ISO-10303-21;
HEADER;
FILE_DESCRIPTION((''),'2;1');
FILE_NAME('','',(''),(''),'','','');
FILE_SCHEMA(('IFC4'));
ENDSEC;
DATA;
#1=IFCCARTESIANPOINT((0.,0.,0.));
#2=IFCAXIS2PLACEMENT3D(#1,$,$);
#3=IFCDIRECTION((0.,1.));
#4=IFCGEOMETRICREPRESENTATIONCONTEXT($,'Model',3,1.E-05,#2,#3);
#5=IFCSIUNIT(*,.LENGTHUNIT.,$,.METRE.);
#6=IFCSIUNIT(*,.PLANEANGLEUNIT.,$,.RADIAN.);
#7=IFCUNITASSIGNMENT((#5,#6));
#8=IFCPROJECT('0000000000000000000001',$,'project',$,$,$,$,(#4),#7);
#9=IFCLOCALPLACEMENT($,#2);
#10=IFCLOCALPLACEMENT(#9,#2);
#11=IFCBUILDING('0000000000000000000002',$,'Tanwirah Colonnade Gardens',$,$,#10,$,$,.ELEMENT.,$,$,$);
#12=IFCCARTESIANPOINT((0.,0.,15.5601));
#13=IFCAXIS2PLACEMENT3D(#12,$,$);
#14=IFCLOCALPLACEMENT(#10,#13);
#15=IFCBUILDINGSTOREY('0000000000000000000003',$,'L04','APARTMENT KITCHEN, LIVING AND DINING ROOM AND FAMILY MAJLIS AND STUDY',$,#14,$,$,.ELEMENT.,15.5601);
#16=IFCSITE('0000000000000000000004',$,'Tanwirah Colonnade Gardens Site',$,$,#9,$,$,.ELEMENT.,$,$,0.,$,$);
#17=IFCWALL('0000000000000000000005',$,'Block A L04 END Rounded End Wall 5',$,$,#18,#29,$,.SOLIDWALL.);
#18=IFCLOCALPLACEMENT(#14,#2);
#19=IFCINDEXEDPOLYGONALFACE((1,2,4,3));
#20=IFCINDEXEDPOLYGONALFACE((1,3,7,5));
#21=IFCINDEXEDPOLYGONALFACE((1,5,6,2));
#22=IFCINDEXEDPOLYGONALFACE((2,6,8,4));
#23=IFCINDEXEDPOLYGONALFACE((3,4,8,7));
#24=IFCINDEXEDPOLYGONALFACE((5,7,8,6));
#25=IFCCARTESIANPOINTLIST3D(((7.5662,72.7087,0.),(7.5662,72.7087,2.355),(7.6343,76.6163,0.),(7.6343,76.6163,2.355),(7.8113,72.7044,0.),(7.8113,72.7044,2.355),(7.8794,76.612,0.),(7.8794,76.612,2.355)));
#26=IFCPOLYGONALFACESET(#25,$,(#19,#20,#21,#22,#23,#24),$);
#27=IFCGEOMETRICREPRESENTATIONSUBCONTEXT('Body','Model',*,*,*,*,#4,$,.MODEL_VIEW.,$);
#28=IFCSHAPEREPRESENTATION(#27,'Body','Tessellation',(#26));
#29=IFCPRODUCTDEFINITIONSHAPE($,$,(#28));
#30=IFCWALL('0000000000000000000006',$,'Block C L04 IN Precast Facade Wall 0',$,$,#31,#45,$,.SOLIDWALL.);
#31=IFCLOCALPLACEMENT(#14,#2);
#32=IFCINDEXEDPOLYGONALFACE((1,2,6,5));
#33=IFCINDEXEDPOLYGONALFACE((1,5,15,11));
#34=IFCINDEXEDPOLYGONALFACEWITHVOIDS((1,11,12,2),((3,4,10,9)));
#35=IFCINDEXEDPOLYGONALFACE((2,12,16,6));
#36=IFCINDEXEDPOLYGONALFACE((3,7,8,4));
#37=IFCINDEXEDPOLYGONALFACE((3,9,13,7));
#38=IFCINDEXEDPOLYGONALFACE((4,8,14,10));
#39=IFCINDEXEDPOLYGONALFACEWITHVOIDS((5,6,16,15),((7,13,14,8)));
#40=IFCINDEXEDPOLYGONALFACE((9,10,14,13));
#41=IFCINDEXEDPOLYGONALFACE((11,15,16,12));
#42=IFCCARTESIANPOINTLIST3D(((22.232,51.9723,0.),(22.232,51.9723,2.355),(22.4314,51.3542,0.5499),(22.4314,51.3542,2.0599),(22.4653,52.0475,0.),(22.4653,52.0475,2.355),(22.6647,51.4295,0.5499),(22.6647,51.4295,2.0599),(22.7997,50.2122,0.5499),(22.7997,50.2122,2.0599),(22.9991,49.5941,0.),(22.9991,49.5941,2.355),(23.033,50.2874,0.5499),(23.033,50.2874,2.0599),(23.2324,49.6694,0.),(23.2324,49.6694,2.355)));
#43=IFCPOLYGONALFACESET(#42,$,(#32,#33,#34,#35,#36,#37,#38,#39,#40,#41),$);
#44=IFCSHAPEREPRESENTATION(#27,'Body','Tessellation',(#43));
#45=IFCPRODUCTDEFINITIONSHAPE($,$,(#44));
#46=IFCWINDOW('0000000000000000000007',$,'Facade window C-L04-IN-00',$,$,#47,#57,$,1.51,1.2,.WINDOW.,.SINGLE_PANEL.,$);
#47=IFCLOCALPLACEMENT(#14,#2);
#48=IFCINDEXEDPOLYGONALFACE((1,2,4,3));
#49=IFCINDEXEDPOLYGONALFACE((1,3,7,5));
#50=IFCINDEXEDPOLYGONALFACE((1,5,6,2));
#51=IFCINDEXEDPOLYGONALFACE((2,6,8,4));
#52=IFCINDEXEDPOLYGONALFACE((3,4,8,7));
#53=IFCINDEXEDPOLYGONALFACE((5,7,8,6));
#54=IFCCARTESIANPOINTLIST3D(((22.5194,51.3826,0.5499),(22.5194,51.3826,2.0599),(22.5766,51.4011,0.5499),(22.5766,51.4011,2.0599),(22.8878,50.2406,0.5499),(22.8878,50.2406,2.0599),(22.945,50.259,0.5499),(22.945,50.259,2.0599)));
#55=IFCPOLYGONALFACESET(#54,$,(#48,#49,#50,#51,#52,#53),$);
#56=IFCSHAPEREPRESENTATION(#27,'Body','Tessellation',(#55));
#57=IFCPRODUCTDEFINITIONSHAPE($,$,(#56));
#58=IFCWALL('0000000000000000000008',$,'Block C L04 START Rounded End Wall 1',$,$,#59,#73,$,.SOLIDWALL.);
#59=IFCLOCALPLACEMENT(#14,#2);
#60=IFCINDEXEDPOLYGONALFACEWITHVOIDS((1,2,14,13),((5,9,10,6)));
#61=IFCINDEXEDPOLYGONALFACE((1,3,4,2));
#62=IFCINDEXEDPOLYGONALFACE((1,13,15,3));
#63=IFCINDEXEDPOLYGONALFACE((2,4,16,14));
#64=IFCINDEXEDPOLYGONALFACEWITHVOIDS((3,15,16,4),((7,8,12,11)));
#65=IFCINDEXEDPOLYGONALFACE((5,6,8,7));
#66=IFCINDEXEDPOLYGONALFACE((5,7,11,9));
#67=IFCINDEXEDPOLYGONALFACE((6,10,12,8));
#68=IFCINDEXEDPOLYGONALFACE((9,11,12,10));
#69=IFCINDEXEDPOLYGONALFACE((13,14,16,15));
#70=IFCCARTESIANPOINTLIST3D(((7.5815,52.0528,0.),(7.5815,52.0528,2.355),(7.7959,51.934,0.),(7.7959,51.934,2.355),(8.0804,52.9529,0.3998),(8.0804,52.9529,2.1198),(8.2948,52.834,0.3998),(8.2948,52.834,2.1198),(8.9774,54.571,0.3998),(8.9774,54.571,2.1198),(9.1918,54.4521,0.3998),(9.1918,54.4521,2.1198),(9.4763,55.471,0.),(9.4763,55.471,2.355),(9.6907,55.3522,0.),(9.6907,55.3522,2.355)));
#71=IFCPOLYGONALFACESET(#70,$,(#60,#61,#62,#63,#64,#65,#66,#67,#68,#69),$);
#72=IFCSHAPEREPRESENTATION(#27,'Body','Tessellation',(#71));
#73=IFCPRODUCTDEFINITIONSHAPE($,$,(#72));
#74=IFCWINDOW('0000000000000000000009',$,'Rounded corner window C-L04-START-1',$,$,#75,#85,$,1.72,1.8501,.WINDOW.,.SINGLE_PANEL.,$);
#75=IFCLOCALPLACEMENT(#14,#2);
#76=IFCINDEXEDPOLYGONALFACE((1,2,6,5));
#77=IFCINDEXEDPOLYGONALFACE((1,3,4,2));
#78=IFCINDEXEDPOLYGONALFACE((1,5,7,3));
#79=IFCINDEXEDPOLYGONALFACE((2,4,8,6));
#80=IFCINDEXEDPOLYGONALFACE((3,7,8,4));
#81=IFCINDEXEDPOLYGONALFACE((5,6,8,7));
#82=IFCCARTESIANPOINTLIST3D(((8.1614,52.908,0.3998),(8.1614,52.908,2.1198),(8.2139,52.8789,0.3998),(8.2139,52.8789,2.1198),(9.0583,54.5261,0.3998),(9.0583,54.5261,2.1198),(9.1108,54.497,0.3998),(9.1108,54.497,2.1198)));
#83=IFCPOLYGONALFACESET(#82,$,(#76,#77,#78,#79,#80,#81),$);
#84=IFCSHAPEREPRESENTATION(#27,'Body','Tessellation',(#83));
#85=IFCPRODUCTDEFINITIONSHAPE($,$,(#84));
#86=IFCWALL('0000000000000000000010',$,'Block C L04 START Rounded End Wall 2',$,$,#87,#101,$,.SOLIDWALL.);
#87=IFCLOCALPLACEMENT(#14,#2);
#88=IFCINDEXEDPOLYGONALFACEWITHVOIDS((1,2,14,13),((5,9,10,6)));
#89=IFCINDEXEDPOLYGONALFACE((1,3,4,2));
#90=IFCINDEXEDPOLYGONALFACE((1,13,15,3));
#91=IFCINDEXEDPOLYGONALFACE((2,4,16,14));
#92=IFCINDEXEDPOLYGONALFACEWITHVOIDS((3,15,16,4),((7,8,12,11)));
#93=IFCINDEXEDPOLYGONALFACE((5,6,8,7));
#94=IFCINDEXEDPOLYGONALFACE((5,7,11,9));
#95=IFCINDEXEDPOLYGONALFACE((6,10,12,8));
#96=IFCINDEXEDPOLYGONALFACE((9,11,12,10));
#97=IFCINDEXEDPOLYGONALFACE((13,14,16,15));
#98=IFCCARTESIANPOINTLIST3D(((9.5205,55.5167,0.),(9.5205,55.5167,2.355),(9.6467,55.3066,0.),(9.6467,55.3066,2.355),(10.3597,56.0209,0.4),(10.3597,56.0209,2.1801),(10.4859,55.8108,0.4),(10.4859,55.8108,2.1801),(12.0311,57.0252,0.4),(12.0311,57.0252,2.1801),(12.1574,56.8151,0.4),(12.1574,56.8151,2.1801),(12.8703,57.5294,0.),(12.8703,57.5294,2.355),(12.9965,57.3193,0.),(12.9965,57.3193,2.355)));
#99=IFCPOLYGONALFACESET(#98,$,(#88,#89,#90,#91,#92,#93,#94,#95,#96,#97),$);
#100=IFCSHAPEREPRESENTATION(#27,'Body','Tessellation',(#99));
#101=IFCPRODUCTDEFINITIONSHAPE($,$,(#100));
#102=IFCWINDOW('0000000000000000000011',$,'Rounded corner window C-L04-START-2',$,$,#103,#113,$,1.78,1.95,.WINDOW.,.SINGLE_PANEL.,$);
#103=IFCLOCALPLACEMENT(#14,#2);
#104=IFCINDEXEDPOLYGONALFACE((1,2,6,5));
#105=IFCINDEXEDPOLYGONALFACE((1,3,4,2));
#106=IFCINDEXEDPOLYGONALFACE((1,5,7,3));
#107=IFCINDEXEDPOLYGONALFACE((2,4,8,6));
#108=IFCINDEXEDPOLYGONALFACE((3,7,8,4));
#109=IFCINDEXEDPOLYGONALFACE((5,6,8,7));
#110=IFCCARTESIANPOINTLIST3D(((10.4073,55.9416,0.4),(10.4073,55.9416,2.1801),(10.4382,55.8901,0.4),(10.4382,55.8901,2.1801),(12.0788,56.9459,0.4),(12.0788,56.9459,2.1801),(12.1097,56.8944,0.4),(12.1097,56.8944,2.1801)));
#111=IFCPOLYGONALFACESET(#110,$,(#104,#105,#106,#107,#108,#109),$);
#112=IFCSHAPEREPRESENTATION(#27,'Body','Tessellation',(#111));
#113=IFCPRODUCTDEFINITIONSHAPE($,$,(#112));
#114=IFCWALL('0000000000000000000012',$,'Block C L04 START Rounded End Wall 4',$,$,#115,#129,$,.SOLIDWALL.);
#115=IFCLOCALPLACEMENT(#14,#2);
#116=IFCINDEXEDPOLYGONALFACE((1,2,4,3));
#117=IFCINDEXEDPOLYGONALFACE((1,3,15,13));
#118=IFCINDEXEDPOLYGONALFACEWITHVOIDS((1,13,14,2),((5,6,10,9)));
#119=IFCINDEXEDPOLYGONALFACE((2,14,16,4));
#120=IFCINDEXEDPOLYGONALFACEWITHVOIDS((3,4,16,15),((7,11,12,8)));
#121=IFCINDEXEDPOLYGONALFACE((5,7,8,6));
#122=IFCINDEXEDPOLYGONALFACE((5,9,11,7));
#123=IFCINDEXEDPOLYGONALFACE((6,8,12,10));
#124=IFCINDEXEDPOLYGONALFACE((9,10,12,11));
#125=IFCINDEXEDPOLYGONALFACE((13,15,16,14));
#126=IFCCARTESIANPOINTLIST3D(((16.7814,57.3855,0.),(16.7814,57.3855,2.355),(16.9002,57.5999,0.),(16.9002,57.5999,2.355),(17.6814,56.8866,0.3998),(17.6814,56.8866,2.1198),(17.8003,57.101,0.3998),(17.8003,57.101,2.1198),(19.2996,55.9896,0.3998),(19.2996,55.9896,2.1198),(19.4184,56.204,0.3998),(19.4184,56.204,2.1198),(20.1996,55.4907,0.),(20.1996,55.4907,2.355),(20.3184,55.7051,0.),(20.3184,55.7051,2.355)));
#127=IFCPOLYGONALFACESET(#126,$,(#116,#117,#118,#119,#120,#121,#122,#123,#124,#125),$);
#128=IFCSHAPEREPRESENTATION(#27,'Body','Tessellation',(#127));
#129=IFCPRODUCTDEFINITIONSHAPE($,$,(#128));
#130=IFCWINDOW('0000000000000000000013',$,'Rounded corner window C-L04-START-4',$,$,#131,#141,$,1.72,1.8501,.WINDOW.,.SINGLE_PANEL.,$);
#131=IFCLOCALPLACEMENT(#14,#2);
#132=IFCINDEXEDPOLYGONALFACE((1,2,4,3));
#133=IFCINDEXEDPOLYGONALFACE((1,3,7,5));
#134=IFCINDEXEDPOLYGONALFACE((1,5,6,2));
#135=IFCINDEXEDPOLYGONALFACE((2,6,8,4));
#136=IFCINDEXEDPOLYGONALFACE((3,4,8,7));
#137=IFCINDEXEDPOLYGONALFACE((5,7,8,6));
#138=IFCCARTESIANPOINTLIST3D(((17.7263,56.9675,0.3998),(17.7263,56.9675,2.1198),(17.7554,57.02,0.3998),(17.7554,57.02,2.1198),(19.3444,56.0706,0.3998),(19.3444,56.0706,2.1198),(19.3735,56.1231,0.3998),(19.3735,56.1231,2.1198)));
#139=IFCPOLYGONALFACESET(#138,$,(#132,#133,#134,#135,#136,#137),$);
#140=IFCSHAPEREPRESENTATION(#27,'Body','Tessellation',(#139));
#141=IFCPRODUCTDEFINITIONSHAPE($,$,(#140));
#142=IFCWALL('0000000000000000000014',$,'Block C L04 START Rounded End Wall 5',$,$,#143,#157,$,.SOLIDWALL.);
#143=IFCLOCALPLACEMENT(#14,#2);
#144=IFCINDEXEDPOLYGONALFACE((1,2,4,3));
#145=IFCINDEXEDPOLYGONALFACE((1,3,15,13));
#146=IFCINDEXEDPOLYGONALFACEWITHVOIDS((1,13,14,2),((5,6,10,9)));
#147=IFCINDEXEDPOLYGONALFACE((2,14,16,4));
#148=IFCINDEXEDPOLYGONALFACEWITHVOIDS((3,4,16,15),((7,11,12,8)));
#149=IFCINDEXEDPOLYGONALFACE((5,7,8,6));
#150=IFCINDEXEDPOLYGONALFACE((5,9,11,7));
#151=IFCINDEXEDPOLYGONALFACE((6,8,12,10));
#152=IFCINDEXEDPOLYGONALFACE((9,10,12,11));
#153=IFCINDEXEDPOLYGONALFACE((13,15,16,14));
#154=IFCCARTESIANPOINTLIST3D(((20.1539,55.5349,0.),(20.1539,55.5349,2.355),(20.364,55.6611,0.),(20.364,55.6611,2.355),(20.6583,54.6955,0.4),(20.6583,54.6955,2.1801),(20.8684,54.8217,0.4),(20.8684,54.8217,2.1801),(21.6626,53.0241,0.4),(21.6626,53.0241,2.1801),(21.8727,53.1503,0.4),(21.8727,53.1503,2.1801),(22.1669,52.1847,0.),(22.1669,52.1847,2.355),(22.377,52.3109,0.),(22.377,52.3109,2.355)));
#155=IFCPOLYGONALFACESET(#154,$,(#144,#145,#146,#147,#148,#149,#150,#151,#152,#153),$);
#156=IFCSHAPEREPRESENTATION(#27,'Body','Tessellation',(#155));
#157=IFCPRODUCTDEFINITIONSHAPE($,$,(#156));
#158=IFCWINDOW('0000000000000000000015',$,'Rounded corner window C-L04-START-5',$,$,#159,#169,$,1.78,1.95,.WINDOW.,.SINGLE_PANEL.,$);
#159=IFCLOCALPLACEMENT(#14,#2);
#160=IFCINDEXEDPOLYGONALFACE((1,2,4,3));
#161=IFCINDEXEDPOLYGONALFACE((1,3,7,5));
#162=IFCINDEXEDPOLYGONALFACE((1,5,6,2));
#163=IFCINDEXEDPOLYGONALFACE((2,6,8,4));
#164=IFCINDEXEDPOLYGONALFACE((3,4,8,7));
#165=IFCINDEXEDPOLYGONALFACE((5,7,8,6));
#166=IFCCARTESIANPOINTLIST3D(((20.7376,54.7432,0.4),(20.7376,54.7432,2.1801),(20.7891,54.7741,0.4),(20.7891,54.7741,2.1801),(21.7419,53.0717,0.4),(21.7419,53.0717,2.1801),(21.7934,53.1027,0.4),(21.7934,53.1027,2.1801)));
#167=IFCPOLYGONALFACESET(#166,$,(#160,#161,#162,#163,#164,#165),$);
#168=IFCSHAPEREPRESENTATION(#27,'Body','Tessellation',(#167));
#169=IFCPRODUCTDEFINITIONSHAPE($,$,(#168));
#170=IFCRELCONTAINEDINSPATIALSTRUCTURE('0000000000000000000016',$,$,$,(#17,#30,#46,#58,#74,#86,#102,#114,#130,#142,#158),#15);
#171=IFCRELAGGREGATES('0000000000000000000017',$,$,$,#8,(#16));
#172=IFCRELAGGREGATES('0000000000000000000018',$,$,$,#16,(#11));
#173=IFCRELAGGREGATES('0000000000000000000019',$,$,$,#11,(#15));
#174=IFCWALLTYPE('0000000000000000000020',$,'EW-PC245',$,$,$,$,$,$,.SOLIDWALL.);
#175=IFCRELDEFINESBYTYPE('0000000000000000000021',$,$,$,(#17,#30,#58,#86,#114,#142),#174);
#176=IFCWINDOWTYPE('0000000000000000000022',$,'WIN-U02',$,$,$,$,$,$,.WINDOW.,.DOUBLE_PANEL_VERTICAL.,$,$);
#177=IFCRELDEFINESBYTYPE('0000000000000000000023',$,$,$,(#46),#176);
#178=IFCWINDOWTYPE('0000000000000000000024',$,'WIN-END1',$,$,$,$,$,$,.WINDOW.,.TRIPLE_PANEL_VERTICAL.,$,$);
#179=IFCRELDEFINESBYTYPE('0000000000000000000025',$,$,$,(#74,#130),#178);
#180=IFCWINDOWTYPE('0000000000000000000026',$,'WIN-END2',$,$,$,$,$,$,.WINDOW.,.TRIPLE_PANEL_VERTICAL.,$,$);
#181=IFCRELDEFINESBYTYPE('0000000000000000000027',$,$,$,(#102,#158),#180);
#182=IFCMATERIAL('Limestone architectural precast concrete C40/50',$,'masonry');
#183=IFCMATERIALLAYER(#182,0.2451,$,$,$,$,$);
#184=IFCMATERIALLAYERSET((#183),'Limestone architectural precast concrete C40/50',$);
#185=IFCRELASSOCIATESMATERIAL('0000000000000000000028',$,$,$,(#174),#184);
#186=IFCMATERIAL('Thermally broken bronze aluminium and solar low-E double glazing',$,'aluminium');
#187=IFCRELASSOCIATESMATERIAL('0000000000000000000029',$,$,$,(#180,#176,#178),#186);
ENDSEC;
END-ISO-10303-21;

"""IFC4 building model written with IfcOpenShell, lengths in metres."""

from ifc_helpers import new_model, si_unit, direction, frame, frame_2d, origin, place, context, subcontext, project, spatial, rectangle, extrude, material, layer, layer_set, type_object, element, fill, save


model = new_model("IFC4")

# Units and contexts
model_context = context("Model", 3, precision=1e-05, world=origin(), true_north=direction((0.0, 1.0)))
body_context = subcontext(model_context, "Body", "Model", "MODEL_VIEW")
ifc_project = project(units=[si_unit("LENGTHUNIT", "METRE"), si_unit("PLANEANGLEUNIT", "RADIAN")], contexts=[model_context])

# Site, building, storey
site_placement = place(None, origin())
site = spatial("IfcSite", under=ifc_project, at=site_placement, Name="Tanwirah Colonnade Gardens Site", CompositionType="ELEMENT", RefElevation=0.0)
building_placement = place(site_placement, origin())
building = spatial("IfcBuilding", under=site, at=building_placement, Name="Tanwirah Colonnade Gardens", CompositionType="ELEMENT")
storey_placement = place(building_placement, frame((0.0, 0.0, 15.5601)))
storey = spatial("IfcBuildingStorey", under=building, at=storey_placement, Name="L04", Description="APARTMENT KITCHEN, LIVING AND DINING ROOM AND FAMILY MAJLIS AND STUDY", CompositionType="ELEMENT", Elevation=15.5601)

# Shared definitions
ifc_material_1 = material(Name="Limestone architectural precast concrete C40/50", Category="masonry")
ifc_layer = layer(ifc_material_1, 0.2451)
ifc_layer_set = layer_set([ifc_layer], Name="Limestone architectural precast concrete C40/50")
wall_type = type_object("IfcWallType", Name="EW-PC245", PredefinedType="SOLIDWALL", material=ifc_layer_set)
ifc_material_2 = material(Name="Thermally broken bronze aluminium and solar low-E double glazing", Category="aluminium")
window_type_1 = type_object("IfcWindowType", Name="WIN-END2", PartitioningType="TRIPLE_PANEL_VERTICAL", PredefinedType="WINDOW", material=ifc_material_2)

# Wall
wall_1_placement = place(storey_placement, frame((7.6887, 72.7065, 0.0), z_axis=(0.0, 0.0, 1.0), x_axis=(0.017428, 0.999848, 0.0)))
element("IfcWall", 1, at=wall_1_placement, inside=storey, type_object=wall_type, Name="Block A L04 END Rounded End Wall 5", PredefinedType="SOLIDWALL", context=body_context, shape_type="SweptSolid", body=[
    extrude(rectangle(XDim=3.9082, YDim=0.2451, at=frame_2d((1.9541, 0.0))), origin(), (0.0, 0.0, 1.0), 2.355),
])

# Walls, openings, windows
wall_2_placement = place(storey_placement, frame((22.3486, 52.01, 0.0), z_axis=(0.0, 0.0, 1.0), x_axis=(0.30698, -0.951716, 0.0)))
wall_2 = element("IfcWall", 2, at=wall_2_placement, inside=storey, type_object=wall_type, Name="Block C L04 IN Precast Facade Wall 0", PredefinedType="SOLIDWALL", context=body_context, shape_type="SweptSolid", body=[
    extrude(rectangle(XDim=2.4988, YDim=0.2451, at=frame_2d((1.2495, 0.0))), origin(), (0.0, 0.0, 1.0), 2.355),
])
opening_1_placement = place(wall_2_placement, frame((0.6494, 0.0, 0.55)))
opening_1 = element("IfcOpeningElement", 3, at=opening_1_placement, cuts=wall_2, PredefinedType="OPENING", context=body_context, shape_type="SweptSolid", body=[
    extrude(rectangle(XDim=1.2, YDim=1.51, at=frame_2d((0.6001, 0.7549))), frame((0.0, 0.1326, 0.0), z_axis=(0.0, -1.0, 0.0), x_axis=(1.0, 0.0, 0.0)), (0.0, 0.0, 1.0), 0.2651),
])
window_type_2 = type_object("IfcWindowType", Name="WIN-U02", PartitioningType="DOUBLE_PANEL_VERTICAL", PredefinedType="WINDOW", material=ifc_material_2)
window_1_placement = place(opening_1_placement, origin())
window_1 = element("IfcWindow", 4, at=window_1_placement, inside=storey, type_object=window_type_2, Name="Facade window C-L04-IN-00", OverallHeight=1.51, OverallWidth=1.2, PartitioningType="SINGLE_PANEL", PredefinedType="WINDOW", context=body_context, shape_type="SweptSolid", body=[
    extrude(rectangle(XDim=1.2, YDim=1.51, at=frame_2d((0.6001, 0.7549))), frame((0.0, 0.03, 0.0), z_axis=(0.0, -1.0, 0.0), x_axis=(1.0, 0.0, 0.0)), (0.0, 0.0, 1.0), 0.0601),
])
fill(opening_1, window_1)
wall_3_placement = place(storey_placement, frame((7.6887, 51.9934, 0.0), z_axis=(0.0, 0.0, 1.0), x_axis=(0.484815, 0.874617, 0.0)))
wall_3 = element("IfcWall", 5, at=wall_3_placement, inside=storey, type_object=wall_type, Name="Block C L04 START Rounded End Wall 1", PredefinedType="SOLIDWALL", context=body_context, shape_type="SweptSolid", body=[
    extrude(rectangle(XDim=3.9082, YDim=0.2451, at=frame_2d((1.9541, 0.0))), origin(), (0.0, 0.0, 1.0), 2.355),
])
opening_2_placement = place(wall_3_placement, frame((1.0291, 0.0, 0.3999)))
opening_2 = element("IfcOpeningElement", 6, at=opening_2_placement, cuts=wall_3, PredefinedType="OPENING", context=body_context, shape_type="SweptSolid", body=[
    extrude(rectangle(XDim=1.8501, YDim=1.72, at=frame_2d((0.925, 0.8599))), frame((0.0, 0.1326, 0.0), z_axis=(0.0, -1.0, 0.0), x_axis=(1.0, 0.0, 0.0)), (0.0, 0.0, 1.0), 0.2651),
])
window_type_3 = type_object("IfcWindowType", Name="WIN-END1", PartitioningType="TRIPLE_PANEL_VERTICAL", PredefinedType="WINDOW", material=ifc_material_2)
window_2_placement = place(opening_2_placement, origin())
window_2 = element("IfcWindow", 7, at=window_2_placement, inside=storey, type_object=window_type_3, Name="Rounded corner window C-L04-START-1", OverallHeight=1.72, OverallWidth=1.8501, PartitioningType="SINGLE_PANEL", PredefinedType="WINDOW", context=body_context, shape_type="SweptSolid", body=[
    extrude(rectangle(XDim=1.8501, YDim=1.72, at=frame_2d((0.925, 0.8599))), frame((0.0, 0.03, 0.0), z_axis=(0.0, -1.0, 0.0), x_axis=(1.0, 0.0, 0.0)), (0.0, 0.0, 1.0), 0.0601),
])
fill(opening_2, window_2)
wall_4_placement = place(storey_placement, frame((9.5835, 55.4116, 0.0), z_axis=(0.0, 0.0, 1.0), x_axis=(0.857179, 0.515019, 0.0)))
wall_4 = element("IfcWall", 8, at=wall_4_placement, inside=storey, type_object=wall_type, Name="Block C L04 START Rounded End Wall 2", PredefinedType="SOLIDWALL", context=body_context, shape_type="SweptSolid", body=[
    extrude(rectangle(XDim=3.908, YDim=0.2451, at=frame_2d((1.9541, 0.0))), origin(), (0.0, 0.0, 1.0), 2.355),
])
opening_3_placement = place(wall_4_placement, frame((0.979, 0.0, 0.3999)))
opening_3 = element("IfcOpeningElement", 9, at=opening_3_placement, cuts=wall_4, PredefinedType="OPENING", context=body_context, shape_type="SweptSolid", body=[
    extrude(rectangle(XDim=1.95, YDim=1.78, at=frame_2d((0.9751, 0.8901))), frame((0.0, 0.1326, 0.0), z_axis=(0.0, -1.0, 0.0), x_axis=(1.0, 0.0, 0.0)), (0.0, 0.0, 1.0), 0.2651),
])
window_3_placement = place(opening_3_placement, origin())
window_3 = element("IfcWindow", 10, at=window_3_placement, inside=storey, type_object=window_type_1, Name="Rounded corner window C-L04-START-2", OverallHeight=1.78, OverallWidth=1.95, PartitioningType="SINGLE_PANEL", PredefinedType="WINDOW", context=body_context, shape_type="SweptSolid", body=[
    extrude(rectangle(XDim=1.95, YDim=1.78, at=frame_2d((0.9751, 0.8901))), frame((0.0, 0.03, 0.0), z_axis=(0.0, -1.0, 0.0), x_axis=(1.0, 0.0, 0.0)), (0.0, 0.0, 1.0), 0.0601),
])
fill(opening_3, window_3)
wall_5_placement = place(storey_placement, frame((16.8408, 57.4927, 0.0), z_axis=(0.0, 0.0, 1.0), x_axis=(0.874617, -0.484815, 0.0)))
wall_5 = element("IfcWall", 11, at=wall_5_placement, inside=storey, type_object=wall_type, Name="Block C L04 START Rounded End Wall 4", PredefinedType="SOLIDWALL", context=body_context, shape_type="SweptSolid", body=[
    extrude(rectangle(XDim=3.9082, YDim=0.2451, at=frame_2d((1.9541, 0.0))), origin(), (0.0, 0.0, 1.0), 2.355),
])
opening_4_placement = place(wall_5_placement, frame((1.0291, 0.0, 0.3999)))
opening_4 = element("IfcOpeningElement", 12, at=opening_4_placement, cuts=wall_5, PredefinedType="OPENING", context=body_context, shape_type="SweptSolid", body=[
    extrude(rectangle(XDim=1.8501, YDim=1.72, at=frame_2d((0.925, 0.8599))), frame((0.0, 0.1326, 0.0), z_axis=(0.0, -1.0, 0.0), x_axis=(1.0, 0.0, 0.0)), (0.0, 0.0, 1.0), 0.2651),
])
window_4_placement = place(opening_4_placement, origin())
window_4 = element("IfcWindow", 13, at=window_4_placement, inside=storey, type_object=window_type_3, Name="Rounded corner window C-L04-START-4", OverallHeight=1.72, OverallWidth=1.8501, PartitioningType="SINGLE_PANEL", PredefinedType="WINDOW", context=body_context, shape_type="SweptSolid", body=[
    extrude(rectangle(XDim=1.8501, YDim=1.72, at=frame_2d((0.925, 0.8599))), frame((0.0, 0.03, 0.0), z_axis=(0.0, -1.0, 0.0), x_axis=(1.0, 0.0, 0.0)), (0.0, 0.0, 1.0), 0.0601),
])
fill(opening_4, window_4)
wall_6_placement = place(storey_placement, frame((20.259, 55.5979, 0.0), z_axis=(0.0, 0.0, 1.0), x_axis=(0.515038, -0.857168, 0.0)))
wall_6 = element("IfcWall", 14, at=wall_6_placement, inside=storey, type_object=wall_type, Name="Block C L04 START Rounded End Wall 5", PredefinedType="SOLIDWALL", context=body_context, shape_type="SweptSolid", body=[
    extrude(rectangle(XDim=3.9084, YDim=0.2451, at=frame_2d((1.9541, 0.0))), origin(), (0.0, 0.0, 1.0), 2.355),
])
opening_5_placement = place(wall_6_placement, frame((0.979, 0.0, 0.3999)))
opening_5 = element("IfcOpeningElement", 15, at=opening_5_placement, cuts=wall_6, PredefinedType="OPENING", context=body_context, shape_type="SweptSolid", body=[
    extrude(rectangle(XDim=1.95, YDim=1.78, at=frame_2d((0.9751, 0.8901))), frame((0.0, 0.1326, 0.0), z_axis=(0.0, -1.0, 0.0), x_axis=(1.0, 0.0, 0.0)), (0.0, 0.0, 1.0), 0.2651),
])
window_5_placement = place(opening_5_placement, origin())
window_5 = element("IfcWindow", 16, at=window_5_placement, inside=storey, type_object=window_type_1, Name="Rounded corner window C-L04-START-5", OverallHeight=1.78, OverallWidth=1.95, PartitioningType="SINGLE_PANEL", PredefinedType="WINDOW", context=body_context, shape_type="SweptSolid", body=[
    extrude(rectangle(XDim=1.95, YDim=1.78, at=frame_2d((0.9751, 0.8901))), frame((0.0, 0.03, 0.0), z_axis=(0.0, -1.0, 0.0), x_axis=(1.0, 0.0, 0.0)), (0.0, 0.0, 1.0), 0.0601),
])
fill(opening_5, window_5)

save(model, "model.ifc")
